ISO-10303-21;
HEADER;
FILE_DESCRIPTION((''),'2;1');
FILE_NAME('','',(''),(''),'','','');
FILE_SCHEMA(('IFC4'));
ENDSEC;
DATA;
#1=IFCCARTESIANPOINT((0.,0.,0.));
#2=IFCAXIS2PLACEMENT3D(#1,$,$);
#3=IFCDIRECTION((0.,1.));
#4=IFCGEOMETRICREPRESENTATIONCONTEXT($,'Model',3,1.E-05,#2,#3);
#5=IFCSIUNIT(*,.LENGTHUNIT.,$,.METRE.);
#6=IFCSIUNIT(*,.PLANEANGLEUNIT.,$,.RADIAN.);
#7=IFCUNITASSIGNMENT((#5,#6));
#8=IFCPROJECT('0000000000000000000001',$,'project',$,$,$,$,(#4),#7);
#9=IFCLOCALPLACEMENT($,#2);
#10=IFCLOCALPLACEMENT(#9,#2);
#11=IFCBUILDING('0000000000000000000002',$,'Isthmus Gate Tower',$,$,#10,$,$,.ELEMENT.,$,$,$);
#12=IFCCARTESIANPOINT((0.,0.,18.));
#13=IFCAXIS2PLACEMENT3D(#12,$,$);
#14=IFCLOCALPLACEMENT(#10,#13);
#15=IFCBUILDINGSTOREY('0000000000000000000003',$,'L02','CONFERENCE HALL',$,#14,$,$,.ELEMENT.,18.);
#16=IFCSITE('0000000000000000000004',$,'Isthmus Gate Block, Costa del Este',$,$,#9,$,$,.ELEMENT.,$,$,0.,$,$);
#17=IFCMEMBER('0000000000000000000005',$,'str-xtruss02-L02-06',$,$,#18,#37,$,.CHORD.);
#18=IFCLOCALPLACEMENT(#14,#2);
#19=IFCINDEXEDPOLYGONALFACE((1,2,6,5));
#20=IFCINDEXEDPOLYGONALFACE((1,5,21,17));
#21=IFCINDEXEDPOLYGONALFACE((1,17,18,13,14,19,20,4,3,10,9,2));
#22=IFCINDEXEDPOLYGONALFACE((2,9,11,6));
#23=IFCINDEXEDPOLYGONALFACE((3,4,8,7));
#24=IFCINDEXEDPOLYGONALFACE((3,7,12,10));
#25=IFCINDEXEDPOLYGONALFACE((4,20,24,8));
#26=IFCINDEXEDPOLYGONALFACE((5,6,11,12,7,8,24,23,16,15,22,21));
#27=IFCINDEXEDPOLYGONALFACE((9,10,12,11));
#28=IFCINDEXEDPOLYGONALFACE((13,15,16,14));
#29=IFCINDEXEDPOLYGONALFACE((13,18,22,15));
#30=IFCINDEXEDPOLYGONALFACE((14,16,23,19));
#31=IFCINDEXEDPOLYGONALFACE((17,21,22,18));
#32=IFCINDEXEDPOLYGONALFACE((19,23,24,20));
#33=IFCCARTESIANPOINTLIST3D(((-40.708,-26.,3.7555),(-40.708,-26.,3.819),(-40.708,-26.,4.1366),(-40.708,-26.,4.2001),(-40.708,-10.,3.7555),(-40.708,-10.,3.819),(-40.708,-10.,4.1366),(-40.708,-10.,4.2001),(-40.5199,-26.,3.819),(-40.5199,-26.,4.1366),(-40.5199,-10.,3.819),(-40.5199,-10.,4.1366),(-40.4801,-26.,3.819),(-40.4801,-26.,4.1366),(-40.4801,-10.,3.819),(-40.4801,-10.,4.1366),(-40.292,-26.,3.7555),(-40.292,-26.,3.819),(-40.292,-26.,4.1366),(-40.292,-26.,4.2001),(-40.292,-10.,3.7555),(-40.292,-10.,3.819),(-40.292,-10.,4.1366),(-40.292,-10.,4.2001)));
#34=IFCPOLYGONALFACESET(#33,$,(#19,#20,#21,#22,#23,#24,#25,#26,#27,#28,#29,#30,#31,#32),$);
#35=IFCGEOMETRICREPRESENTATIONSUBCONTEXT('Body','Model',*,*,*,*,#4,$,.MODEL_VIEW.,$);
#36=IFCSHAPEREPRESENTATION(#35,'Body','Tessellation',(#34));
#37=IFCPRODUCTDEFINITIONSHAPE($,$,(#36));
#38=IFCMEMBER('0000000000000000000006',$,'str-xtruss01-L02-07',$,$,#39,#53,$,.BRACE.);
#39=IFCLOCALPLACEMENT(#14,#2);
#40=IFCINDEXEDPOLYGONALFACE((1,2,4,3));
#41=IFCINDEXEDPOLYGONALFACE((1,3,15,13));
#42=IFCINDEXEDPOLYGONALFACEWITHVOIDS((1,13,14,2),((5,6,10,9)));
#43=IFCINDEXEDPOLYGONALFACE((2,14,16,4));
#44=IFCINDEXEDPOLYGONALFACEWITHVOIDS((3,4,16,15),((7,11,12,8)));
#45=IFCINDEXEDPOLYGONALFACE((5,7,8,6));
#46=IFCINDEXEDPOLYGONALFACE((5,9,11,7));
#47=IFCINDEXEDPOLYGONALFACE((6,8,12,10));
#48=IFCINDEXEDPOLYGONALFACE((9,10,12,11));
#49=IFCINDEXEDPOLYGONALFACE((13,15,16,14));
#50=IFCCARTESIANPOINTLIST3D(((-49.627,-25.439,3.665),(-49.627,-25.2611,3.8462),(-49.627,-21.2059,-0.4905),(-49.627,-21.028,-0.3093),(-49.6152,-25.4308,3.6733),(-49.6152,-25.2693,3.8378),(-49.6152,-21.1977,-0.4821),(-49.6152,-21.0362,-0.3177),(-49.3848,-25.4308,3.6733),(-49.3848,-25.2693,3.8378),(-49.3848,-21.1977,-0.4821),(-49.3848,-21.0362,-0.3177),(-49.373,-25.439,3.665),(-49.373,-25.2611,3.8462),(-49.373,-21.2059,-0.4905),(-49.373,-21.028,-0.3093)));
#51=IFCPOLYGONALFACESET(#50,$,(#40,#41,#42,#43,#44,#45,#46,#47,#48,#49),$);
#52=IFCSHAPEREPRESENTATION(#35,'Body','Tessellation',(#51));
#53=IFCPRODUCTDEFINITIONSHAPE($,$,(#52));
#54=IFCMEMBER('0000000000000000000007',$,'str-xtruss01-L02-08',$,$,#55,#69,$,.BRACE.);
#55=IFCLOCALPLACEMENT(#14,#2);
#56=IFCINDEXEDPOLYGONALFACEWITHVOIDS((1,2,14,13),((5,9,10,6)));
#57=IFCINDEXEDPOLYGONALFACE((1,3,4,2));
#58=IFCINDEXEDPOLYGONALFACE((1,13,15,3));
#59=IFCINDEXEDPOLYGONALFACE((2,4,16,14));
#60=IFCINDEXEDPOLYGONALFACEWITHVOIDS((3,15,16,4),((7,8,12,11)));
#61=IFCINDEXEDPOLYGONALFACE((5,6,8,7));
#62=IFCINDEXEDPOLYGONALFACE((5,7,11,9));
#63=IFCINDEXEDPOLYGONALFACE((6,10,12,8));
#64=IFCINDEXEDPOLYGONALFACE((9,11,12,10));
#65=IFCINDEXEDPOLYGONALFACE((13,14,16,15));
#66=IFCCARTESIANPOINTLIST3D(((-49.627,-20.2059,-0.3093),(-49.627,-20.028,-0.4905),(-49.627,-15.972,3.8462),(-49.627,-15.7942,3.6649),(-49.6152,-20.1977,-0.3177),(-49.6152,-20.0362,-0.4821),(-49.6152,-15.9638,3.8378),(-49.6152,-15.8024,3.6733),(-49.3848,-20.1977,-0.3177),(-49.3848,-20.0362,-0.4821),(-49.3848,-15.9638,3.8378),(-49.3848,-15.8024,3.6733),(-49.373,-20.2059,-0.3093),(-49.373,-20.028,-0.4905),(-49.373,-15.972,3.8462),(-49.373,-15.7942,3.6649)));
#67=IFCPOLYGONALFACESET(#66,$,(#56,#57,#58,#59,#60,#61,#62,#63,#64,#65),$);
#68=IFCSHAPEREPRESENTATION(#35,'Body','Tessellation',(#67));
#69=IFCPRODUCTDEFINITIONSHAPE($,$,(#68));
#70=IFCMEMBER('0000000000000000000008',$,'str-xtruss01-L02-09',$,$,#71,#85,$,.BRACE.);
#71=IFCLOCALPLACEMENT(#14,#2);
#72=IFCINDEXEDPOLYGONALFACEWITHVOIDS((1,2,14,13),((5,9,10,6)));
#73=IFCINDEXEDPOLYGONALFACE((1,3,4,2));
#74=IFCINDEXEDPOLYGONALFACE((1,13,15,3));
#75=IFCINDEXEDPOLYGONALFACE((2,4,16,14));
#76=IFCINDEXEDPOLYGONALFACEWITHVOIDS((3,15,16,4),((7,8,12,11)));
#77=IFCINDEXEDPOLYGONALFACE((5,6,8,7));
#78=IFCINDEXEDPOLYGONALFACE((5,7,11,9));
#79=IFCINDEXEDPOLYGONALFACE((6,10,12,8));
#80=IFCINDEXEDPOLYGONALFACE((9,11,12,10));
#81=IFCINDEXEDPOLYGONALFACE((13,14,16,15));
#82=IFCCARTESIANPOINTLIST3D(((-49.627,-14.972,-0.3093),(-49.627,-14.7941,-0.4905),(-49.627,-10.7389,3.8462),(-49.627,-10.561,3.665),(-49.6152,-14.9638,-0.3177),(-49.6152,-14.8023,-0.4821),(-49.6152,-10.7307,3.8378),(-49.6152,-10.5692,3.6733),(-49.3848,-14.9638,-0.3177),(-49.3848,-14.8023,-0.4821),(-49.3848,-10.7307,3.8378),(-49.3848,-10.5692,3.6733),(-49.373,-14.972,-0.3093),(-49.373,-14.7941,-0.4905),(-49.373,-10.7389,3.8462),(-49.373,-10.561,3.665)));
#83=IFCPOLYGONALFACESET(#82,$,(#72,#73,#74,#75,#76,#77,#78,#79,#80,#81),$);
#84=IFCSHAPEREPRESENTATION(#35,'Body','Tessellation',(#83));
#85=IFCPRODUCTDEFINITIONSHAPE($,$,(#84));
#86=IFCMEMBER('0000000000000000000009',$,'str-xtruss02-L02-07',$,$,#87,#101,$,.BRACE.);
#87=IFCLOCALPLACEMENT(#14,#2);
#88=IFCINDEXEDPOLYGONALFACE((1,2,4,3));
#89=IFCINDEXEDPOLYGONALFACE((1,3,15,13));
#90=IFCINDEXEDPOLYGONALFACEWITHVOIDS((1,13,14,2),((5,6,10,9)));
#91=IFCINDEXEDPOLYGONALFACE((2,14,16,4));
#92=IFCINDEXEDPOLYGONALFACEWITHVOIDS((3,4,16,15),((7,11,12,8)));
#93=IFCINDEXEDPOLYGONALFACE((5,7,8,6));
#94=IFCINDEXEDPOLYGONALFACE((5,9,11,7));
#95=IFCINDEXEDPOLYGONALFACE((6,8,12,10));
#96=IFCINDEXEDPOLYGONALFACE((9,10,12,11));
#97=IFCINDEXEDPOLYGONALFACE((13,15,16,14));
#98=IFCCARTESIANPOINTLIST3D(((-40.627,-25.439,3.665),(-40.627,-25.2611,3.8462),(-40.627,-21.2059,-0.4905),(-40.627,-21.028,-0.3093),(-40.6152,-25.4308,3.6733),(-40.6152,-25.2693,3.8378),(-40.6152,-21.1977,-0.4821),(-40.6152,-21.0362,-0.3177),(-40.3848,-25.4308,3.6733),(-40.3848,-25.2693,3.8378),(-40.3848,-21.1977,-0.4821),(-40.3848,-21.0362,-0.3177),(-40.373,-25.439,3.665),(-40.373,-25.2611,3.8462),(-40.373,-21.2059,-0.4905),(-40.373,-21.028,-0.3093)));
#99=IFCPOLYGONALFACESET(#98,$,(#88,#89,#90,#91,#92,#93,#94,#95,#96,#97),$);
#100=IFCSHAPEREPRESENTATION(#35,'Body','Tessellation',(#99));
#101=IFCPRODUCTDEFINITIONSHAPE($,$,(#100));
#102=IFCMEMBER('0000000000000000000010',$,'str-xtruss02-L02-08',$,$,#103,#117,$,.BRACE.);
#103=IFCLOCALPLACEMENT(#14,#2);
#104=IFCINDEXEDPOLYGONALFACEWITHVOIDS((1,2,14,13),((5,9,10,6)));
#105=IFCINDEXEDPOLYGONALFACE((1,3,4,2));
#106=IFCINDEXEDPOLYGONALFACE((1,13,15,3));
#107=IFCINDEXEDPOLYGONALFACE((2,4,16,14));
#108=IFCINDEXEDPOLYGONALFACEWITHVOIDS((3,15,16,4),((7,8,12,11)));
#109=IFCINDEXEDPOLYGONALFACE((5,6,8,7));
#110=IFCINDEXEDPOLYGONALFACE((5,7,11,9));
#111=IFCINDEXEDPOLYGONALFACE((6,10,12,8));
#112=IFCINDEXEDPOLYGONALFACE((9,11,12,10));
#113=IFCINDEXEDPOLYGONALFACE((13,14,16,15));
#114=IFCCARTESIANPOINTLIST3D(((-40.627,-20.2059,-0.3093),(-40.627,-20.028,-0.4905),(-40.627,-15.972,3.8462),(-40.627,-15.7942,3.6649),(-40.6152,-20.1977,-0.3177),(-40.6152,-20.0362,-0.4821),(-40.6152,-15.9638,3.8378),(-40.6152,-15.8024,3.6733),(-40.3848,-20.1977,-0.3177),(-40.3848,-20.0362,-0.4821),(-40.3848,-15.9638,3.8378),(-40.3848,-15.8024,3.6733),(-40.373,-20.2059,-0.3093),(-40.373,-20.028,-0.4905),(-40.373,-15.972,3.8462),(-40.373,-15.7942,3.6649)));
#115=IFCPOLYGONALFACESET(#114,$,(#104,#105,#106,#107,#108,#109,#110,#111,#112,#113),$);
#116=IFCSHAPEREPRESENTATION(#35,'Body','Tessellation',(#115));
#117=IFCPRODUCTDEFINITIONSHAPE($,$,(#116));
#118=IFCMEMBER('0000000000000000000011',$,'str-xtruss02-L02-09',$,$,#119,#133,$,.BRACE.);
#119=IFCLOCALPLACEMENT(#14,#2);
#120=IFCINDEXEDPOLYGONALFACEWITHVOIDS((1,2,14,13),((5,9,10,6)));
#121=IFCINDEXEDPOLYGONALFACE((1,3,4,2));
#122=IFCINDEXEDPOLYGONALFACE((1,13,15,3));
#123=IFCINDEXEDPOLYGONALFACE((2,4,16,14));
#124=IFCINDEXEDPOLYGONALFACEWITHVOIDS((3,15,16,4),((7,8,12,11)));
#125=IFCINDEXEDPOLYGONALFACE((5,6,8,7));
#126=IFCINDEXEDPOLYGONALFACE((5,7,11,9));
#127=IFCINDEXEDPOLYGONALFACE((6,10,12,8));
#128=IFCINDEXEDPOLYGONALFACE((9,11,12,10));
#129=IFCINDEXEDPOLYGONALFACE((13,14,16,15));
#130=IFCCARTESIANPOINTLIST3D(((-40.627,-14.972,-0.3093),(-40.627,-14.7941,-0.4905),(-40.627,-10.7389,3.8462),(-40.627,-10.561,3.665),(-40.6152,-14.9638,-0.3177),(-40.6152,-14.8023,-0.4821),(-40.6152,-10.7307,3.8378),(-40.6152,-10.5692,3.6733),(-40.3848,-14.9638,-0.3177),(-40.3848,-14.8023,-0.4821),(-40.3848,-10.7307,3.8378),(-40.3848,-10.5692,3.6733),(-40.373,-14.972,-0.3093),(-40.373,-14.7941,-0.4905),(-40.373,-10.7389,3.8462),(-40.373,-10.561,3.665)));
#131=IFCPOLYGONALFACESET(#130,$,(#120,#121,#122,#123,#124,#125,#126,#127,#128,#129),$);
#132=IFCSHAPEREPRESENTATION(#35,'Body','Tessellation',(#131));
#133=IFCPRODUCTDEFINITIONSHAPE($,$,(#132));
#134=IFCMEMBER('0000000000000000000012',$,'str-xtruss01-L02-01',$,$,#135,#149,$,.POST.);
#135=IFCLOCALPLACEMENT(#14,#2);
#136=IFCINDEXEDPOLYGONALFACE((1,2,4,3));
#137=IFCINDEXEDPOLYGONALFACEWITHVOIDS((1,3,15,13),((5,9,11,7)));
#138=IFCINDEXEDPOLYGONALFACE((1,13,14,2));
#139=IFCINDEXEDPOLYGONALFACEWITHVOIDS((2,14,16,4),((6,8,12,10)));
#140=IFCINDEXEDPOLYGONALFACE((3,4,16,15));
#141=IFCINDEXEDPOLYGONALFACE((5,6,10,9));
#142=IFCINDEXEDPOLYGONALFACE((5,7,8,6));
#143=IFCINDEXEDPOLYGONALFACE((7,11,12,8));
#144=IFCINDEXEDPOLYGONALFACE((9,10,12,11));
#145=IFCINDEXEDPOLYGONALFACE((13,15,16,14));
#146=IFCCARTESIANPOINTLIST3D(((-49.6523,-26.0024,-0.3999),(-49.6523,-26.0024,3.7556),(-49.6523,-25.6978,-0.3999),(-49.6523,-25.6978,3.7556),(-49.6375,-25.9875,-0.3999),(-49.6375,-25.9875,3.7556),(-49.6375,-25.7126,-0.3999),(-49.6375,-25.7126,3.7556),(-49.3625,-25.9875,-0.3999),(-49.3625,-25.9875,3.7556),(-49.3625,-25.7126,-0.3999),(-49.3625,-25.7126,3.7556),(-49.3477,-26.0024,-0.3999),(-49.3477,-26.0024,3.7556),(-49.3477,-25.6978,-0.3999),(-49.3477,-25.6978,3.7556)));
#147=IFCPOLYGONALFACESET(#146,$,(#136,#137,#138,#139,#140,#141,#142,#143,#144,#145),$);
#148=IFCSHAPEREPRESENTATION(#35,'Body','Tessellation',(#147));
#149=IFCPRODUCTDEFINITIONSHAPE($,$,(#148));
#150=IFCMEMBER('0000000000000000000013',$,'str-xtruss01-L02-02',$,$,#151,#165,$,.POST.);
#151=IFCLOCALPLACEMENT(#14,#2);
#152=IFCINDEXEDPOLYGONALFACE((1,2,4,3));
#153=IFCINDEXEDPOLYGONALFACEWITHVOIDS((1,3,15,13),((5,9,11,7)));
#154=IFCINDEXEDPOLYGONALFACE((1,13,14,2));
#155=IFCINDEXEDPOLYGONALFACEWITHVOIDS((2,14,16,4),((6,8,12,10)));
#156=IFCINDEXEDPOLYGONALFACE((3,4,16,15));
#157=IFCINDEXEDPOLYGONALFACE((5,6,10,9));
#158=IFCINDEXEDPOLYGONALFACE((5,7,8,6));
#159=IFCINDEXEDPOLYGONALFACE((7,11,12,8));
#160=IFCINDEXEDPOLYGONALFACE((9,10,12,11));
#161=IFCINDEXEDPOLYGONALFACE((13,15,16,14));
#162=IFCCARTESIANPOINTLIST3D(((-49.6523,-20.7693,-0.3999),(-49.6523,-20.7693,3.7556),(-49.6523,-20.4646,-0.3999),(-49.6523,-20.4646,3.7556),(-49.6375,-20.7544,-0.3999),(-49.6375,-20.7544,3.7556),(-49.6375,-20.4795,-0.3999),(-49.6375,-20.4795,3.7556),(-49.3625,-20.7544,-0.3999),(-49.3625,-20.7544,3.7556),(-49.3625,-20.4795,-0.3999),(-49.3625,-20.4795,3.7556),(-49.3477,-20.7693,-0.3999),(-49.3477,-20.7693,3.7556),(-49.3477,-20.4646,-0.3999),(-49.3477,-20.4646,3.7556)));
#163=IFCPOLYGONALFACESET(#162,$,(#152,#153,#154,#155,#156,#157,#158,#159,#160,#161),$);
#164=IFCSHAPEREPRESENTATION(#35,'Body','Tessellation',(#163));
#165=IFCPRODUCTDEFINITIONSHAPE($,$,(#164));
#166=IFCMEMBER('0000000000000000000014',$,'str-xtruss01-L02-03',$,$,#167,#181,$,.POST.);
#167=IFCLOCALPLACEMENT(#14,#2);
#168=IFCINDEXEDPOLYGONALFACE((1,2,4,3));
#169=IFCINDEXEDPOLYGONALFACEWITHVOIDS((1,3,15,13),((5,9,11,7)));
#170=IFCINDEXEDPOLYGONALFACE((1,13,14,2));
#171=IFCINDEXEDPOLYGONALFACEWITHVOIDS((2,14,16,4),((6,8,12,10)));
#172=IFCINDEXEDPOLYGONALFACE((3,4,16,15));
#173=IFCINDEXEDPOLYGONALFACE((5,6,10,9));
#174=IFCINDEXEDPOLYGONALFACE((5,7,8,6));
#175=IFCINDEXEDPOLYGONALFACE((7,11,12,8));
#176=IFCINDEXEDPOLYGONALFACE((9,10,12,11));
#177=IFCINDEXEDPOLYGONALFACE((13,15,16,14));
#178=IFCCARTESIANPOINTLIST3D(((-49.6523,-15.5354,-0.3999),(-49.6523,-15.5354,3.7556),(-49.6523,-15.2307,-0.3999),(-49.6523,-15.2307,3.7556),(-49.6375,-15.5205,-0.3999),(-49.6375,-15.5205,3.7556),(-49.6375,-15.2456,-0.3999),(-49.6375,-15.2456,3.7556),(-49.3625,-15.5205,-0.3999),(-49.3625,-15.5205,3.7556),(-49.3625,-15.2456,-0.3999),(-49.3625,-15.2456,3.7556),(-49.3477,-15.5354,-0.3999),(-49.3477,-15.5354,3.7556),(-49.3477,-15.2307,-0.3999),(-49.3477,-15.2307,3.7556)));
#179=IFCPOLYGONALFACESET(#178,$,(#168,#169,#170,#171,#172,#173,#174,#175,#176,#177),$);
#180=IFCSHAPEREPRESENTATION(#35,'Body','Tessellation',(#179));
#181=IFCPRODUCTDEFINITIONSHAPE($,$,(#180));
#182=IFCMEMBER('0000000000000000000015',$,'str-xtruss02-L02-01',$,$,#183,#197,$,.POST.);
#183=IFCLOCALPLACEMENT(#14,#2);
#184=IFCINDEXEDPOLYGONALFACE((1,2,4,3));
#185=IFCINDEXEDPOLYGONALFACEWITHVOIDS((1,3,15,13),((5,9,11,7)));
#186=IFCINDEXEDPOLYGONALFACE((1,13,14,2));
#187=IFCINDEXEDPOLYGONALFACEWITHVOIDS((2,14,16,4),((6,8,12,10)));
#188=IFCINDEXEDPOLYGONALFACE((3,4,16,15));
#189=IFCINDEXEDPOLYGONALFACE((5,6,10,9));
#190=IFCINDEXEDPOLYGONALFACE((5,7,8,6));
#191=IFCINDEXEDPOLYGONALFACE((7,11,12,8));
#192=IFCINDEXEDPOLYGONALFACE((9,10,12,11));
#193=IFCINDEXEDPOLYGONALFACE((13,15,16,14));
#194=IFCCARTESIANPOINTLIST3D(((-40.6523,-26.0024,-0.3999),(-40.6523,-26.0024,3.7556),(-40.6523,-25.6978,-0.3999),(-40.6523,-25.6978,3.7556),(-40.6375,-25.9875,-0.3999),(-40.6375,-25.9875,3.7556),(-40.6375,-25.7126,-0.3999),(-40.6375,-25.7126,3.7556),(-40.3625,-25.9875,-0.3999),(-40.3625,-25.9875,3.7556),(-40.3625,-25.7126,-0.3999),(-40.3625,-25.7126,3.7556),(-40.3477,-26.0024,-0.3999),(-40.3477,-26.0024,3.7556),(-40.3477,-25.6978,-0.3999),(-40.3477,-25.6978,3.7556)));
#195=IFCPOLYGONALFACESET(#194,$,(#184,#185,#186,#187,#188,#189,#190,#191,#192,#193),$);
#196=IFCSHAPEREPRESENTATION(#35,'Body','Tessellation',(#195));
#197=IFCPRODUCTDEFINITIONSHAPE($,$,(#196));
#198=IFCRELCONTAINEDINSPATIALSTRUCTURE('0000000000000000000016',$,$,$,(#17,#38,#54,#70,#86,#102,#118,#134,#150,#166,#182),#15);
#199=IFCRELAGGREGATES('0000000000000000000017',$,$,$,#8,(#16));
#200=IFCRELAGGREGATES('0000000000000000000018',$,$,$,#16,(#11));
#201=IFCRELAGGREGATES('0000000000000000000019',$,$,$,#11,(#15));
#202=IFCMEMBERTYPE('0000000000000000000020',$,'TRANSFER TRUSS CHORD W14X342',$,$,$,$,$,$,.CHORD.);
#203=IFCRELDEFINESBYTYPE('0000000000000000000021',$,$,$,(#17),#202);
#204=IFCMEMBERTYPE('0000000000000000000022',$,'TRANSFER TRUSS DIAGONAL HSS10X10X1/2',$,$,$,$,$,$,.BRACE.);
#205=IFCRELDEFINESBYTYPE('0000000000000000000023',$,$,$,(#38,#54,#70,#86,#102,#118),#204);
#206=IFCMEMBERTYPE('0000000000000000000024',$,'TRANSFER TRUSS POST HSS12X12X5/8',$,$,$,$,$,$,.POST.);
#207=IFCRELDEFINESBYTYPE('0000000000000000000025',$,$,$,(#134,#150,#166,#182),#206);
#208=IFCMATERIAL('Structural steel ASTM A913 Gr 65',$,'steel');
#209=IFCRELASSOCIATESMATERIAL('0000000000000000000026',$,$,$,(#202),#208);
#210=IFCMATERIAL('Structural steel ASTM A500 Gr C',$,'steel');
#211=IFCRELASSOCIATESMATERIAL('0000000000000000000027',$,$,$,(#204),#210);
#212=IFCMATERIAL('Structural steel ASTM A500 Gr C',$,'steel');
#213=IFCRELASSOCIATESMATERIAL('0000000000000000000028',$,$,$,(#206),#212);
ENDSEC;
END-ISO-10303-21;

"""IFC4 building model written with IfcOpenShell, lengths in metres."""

from ifc_helpers import new_model, si_unit, direction, frame, origin, origin_2d, place, context, subcontext, project, spatial, hollow_rectangle, i_section, extrude, material, material_profile, profile_set, type_object, element, save


model = new_model("IFC4")

# Units and contexts
model_context = context("Model", 3, precision=1e-05, world=origin(), true_north=direction((0.0, 1.0)))
body_context = subcontext(model_context, "Body", "Model", "MODEL_VIEW")
ifc_project = project(units=[si_unit("LENGTHUNIT", "METRE"), si_unit("PLANEANGLEUNIT", "RADIAN")], contexts=[model_context])

# Site, building, storey
site_placement = place(None, origin())
site = spatial("IfcSite", under=ifc_project, at=site_placement, Name="Isthmus Gate Block, Costa del Este", CompositionType="ELEMENT", RefElevation=0.0)
building_placement = place(site_placement, origin())
building = spatial("IfcBuilding", under=site, at=building_placement, Name="Isthmus Gate Tower", CompositionType="ELEMENT")
storey_placement = place(building_placement, frame((0.0, 0.0, 18.0)))
storey = spatial("IfcBuildingStorey", under=building, at=storey_placement, Name="L02", Description="CONFERENCE HALL", CompositionType="ELEMENT", Elevation=18.0)

# Members
ifc_material_1 = material(Name="Structural steel ASTM A913 Gr 65", Category="steel")
ifc_material_profile_1 = material_profile(ifc_material_1, i_section(OverallWidth=0.416, OverallDepth=0.4446, WebThickness=0.0398, FlangeThickness=0.0635, at=origin_2d()), Name="W14X342")
ifc_profile_set_1 = profile_set([ifc_material_profile_1], Name="Structural steel ASTM A913 Gr 65")
member_type_1 = type_object("IfcMemberType", Name="TRANSFER TRUSS CHORD W14X342", PredefinedType="CHORD", material=ifc_profile_set_1)
member_1_placement = place(storey_placement, frame((-40.5, -26.0, 3.9778), z_axis=(0.0, 1.0, 0.0), x_axis=(-1.0, 0.0, 0.0)))
element("IfcMember", 1, at=member_1_placement, inside=storey, type_object=member_type_1, Name="str-xtruss02-L02-06", PredefinedType="CHORD", context=body_context, shape_type="SweptSolid", body=[
    extrude(i_section(OverallWidth=0.416, OverallDepth=0.4446, WebThickness=0.0398, FlangeThickness=0.0635, at=origin_2d()), origin(), (0.0, 0.0, 1.0), 16.0),
])
ifc_material_2 = material(Name="Structural steel ASTM A500 Gr C", Category="steel")
ifc_material_profile_2 = material_profile(ifc_material_2, hollow_rectangle(XDim=0.2539, YDim=0.2539, WallThickness=0.0117, at=origin_2d()), Name="HSS10X10X1/2")
ifc_profile_set_2 = profile_set([ifc_material_profile_2], Name="Structural steel ASTM A500 Gr C")
member_type_2 = type_object("IfcMemberType", Name="TRANSFER TRUSS DIAGONAL HSS10X10X1/2", PredefinedType="BRACE", material=ifc_profile_set_2)
member_2_placement = place(storey_placement, frame((-49.5, -21.1169, -0.3999), z_axis=(0.0, -0.71362, 0.700533), x_axis=(1.0, 0.0, 0.0)))
element("IfcMember", 2, at=member_2_placement, inside=storey, type_object=member_type_2, Name="str-xtruss01-L02-07", PredefinedType="BRACE", context=body_context, shape_type="SweptSolid", body=[
    extrude(hollow_rectangle(XDim=0.2539, YDim=0.2539, WallThickness=0.0117, at=origin_2d()), origin(), (0.0, 0.0, 1.0), 5.9319),
])
member_3_placement = place(storey_placement, frame((-49.5, -20.1169, -0.3999), z_axis=(0.0, 0.713681, 0.700471), x_axis=(-1.0, 0.0, 0.0)))
element("IfcMember", 3, at=member_3_placement, inside=storey, type_object=member_type_2, Name="str-xtruss01-L02-08", PredefinedType="BRACE", context=body_context, shape_type="SweptSolid", body=[
    extrude(hollow_rectangle(XDim=0.2539, YDim=0.2539, WallThickness=0.0117, at=origin_2d()), origin(), (0.0, 0.0, 1.0), 5.9324),
])
for number, where, z_axis, x_axis, name in (
    (4, (-49.5, -14.8831, -0.3999), (0.0, 0.71362, 0.700533), (-1.0, 0.0, 0.0), "str-xtruss01-L02-09"),
    (5, (-40.5, -21.1169, -0.3999), (0.0, -0.71362, 0.700533), (1.0, 0.0, 0.0), "str-xtruss02-L02-07"),
):
    element("IfcMember", number, at=place(storey_placement, frame(where, z_axis=z_axis, x_axis=x_axis)), inside=storey, type_object=member_type_2, Name=name, PredefinedType="BRACE", context=body_context, shape_type="SweptSolid", body=[
        extrude(hollow_rectangle(XDim=0.2539, YDim=0.2539, WallThickness=0.0117, at=origin_2d()), origin(), (0.0, 0.0, 1.0), 5.9319),
    ])
member_4_placement = place(storey_placement, frame((-40.5, -20.1169, -0.3999), z_axis=(0.0, 0.713681, 0.700471), x_axis=(-1.0, 0.0, 0.0)))
element("IfcMember", 6, at=member_4_placement, inside=storey, type_object=member_type_2, Name="str-xtruss02-L02-08", PredefinedType="BRACE", context=body_context, shape_type="SweptSolid", body=[
    extrude(hollow_rectangle(XDim=0.2539, YDim=0.2539, WallThickness=0.0117, at=origin_2d()), origin(), (0.0, 0.0, 1.0), 5.9324),
])
member_5_placement = place(storey_placement, frame((-40.5, -14.8831, -0.3999), z_axis=(0.0, 0.71362, 0.700533), x_axis=(-1.0, 0.0, 0.0)))
element("IfcMember", 7, at=member_5_placement, inside=storey, type_object=member_type_2, Name="str-xtruss02-L02-09", PredefinedType="BRACE", context=body_context, shape_type="SweptSolid", body=[
    extrude(hollow_rectangle(XDim=0.2539, YDim=0.2539, WallThickness=0.0117, at=origin_2d()), origin(), (0.0, 0.0, 1.0), 5.9319),
])
ifc_material_3 = material(Name="Structural steel ASTM A500 Gr C", Category="steel")
ifc_material_profile_3 = material_profile(ifc_material_3, hollow_rectangle(XDim=0.3047, YDim=0.3047, WallThickness=0.0149, at=origin_2d()), Name="HSS12X12X5/8")
ifc_profile_set_3 = profile_set([ifc_material_profile_3], Name="Structural steel ASTM A500 Gr C")
member_type_3 = type_object("IfcMemberType", Name="TRANSFER TRUSS POST HSS12X12X5/8", PredefinedType="POST", material=ifc_profile_set_3)
for number, where, z_axis, x_axis, name in (
    (8, (-49.5, -25.8501, -0.3999), (0.0, 0.0, 1.0), (1.0, 0.0, 0.0), "str-xtruss01-L02-01"),
    (9, (-49.5, -20.6169, -0.3999), (0.0, 0.0, 1.0), (1.0, 0.0, 0.0), "str-xtruss01-L02-02"),
    (10, (-49.5, -15.3831, -0.3999), (0.0, 0.0, 1.0), (1.0, 0.0, 0.0), "str-xtruss01-L02-03"),
    (11, (-40.5, -25.8501, -0.3999), (0.0, 0.0, 1.0), (1.0, 0.0, 0.0), "str-xtruss02-L02-01"),
):
    element("IfcMember", number, at=place(storey_placement, frame(where, z_axis=z_axis, x_axis=x_axis)), inside=storey, type_object=member_type_3, Name=name, PredefinedType="POST", context=body_context, shape_type="SweptSolid", body=[
        extrude(hollow_rectangle(XDim=0.3047, YDim=0.3047, WallThickness=0.0149, at=origin_2d()), origin(), (0.0, 0.0, 1.0), 4.1555),
    ])

save(model, "model.ifc")
